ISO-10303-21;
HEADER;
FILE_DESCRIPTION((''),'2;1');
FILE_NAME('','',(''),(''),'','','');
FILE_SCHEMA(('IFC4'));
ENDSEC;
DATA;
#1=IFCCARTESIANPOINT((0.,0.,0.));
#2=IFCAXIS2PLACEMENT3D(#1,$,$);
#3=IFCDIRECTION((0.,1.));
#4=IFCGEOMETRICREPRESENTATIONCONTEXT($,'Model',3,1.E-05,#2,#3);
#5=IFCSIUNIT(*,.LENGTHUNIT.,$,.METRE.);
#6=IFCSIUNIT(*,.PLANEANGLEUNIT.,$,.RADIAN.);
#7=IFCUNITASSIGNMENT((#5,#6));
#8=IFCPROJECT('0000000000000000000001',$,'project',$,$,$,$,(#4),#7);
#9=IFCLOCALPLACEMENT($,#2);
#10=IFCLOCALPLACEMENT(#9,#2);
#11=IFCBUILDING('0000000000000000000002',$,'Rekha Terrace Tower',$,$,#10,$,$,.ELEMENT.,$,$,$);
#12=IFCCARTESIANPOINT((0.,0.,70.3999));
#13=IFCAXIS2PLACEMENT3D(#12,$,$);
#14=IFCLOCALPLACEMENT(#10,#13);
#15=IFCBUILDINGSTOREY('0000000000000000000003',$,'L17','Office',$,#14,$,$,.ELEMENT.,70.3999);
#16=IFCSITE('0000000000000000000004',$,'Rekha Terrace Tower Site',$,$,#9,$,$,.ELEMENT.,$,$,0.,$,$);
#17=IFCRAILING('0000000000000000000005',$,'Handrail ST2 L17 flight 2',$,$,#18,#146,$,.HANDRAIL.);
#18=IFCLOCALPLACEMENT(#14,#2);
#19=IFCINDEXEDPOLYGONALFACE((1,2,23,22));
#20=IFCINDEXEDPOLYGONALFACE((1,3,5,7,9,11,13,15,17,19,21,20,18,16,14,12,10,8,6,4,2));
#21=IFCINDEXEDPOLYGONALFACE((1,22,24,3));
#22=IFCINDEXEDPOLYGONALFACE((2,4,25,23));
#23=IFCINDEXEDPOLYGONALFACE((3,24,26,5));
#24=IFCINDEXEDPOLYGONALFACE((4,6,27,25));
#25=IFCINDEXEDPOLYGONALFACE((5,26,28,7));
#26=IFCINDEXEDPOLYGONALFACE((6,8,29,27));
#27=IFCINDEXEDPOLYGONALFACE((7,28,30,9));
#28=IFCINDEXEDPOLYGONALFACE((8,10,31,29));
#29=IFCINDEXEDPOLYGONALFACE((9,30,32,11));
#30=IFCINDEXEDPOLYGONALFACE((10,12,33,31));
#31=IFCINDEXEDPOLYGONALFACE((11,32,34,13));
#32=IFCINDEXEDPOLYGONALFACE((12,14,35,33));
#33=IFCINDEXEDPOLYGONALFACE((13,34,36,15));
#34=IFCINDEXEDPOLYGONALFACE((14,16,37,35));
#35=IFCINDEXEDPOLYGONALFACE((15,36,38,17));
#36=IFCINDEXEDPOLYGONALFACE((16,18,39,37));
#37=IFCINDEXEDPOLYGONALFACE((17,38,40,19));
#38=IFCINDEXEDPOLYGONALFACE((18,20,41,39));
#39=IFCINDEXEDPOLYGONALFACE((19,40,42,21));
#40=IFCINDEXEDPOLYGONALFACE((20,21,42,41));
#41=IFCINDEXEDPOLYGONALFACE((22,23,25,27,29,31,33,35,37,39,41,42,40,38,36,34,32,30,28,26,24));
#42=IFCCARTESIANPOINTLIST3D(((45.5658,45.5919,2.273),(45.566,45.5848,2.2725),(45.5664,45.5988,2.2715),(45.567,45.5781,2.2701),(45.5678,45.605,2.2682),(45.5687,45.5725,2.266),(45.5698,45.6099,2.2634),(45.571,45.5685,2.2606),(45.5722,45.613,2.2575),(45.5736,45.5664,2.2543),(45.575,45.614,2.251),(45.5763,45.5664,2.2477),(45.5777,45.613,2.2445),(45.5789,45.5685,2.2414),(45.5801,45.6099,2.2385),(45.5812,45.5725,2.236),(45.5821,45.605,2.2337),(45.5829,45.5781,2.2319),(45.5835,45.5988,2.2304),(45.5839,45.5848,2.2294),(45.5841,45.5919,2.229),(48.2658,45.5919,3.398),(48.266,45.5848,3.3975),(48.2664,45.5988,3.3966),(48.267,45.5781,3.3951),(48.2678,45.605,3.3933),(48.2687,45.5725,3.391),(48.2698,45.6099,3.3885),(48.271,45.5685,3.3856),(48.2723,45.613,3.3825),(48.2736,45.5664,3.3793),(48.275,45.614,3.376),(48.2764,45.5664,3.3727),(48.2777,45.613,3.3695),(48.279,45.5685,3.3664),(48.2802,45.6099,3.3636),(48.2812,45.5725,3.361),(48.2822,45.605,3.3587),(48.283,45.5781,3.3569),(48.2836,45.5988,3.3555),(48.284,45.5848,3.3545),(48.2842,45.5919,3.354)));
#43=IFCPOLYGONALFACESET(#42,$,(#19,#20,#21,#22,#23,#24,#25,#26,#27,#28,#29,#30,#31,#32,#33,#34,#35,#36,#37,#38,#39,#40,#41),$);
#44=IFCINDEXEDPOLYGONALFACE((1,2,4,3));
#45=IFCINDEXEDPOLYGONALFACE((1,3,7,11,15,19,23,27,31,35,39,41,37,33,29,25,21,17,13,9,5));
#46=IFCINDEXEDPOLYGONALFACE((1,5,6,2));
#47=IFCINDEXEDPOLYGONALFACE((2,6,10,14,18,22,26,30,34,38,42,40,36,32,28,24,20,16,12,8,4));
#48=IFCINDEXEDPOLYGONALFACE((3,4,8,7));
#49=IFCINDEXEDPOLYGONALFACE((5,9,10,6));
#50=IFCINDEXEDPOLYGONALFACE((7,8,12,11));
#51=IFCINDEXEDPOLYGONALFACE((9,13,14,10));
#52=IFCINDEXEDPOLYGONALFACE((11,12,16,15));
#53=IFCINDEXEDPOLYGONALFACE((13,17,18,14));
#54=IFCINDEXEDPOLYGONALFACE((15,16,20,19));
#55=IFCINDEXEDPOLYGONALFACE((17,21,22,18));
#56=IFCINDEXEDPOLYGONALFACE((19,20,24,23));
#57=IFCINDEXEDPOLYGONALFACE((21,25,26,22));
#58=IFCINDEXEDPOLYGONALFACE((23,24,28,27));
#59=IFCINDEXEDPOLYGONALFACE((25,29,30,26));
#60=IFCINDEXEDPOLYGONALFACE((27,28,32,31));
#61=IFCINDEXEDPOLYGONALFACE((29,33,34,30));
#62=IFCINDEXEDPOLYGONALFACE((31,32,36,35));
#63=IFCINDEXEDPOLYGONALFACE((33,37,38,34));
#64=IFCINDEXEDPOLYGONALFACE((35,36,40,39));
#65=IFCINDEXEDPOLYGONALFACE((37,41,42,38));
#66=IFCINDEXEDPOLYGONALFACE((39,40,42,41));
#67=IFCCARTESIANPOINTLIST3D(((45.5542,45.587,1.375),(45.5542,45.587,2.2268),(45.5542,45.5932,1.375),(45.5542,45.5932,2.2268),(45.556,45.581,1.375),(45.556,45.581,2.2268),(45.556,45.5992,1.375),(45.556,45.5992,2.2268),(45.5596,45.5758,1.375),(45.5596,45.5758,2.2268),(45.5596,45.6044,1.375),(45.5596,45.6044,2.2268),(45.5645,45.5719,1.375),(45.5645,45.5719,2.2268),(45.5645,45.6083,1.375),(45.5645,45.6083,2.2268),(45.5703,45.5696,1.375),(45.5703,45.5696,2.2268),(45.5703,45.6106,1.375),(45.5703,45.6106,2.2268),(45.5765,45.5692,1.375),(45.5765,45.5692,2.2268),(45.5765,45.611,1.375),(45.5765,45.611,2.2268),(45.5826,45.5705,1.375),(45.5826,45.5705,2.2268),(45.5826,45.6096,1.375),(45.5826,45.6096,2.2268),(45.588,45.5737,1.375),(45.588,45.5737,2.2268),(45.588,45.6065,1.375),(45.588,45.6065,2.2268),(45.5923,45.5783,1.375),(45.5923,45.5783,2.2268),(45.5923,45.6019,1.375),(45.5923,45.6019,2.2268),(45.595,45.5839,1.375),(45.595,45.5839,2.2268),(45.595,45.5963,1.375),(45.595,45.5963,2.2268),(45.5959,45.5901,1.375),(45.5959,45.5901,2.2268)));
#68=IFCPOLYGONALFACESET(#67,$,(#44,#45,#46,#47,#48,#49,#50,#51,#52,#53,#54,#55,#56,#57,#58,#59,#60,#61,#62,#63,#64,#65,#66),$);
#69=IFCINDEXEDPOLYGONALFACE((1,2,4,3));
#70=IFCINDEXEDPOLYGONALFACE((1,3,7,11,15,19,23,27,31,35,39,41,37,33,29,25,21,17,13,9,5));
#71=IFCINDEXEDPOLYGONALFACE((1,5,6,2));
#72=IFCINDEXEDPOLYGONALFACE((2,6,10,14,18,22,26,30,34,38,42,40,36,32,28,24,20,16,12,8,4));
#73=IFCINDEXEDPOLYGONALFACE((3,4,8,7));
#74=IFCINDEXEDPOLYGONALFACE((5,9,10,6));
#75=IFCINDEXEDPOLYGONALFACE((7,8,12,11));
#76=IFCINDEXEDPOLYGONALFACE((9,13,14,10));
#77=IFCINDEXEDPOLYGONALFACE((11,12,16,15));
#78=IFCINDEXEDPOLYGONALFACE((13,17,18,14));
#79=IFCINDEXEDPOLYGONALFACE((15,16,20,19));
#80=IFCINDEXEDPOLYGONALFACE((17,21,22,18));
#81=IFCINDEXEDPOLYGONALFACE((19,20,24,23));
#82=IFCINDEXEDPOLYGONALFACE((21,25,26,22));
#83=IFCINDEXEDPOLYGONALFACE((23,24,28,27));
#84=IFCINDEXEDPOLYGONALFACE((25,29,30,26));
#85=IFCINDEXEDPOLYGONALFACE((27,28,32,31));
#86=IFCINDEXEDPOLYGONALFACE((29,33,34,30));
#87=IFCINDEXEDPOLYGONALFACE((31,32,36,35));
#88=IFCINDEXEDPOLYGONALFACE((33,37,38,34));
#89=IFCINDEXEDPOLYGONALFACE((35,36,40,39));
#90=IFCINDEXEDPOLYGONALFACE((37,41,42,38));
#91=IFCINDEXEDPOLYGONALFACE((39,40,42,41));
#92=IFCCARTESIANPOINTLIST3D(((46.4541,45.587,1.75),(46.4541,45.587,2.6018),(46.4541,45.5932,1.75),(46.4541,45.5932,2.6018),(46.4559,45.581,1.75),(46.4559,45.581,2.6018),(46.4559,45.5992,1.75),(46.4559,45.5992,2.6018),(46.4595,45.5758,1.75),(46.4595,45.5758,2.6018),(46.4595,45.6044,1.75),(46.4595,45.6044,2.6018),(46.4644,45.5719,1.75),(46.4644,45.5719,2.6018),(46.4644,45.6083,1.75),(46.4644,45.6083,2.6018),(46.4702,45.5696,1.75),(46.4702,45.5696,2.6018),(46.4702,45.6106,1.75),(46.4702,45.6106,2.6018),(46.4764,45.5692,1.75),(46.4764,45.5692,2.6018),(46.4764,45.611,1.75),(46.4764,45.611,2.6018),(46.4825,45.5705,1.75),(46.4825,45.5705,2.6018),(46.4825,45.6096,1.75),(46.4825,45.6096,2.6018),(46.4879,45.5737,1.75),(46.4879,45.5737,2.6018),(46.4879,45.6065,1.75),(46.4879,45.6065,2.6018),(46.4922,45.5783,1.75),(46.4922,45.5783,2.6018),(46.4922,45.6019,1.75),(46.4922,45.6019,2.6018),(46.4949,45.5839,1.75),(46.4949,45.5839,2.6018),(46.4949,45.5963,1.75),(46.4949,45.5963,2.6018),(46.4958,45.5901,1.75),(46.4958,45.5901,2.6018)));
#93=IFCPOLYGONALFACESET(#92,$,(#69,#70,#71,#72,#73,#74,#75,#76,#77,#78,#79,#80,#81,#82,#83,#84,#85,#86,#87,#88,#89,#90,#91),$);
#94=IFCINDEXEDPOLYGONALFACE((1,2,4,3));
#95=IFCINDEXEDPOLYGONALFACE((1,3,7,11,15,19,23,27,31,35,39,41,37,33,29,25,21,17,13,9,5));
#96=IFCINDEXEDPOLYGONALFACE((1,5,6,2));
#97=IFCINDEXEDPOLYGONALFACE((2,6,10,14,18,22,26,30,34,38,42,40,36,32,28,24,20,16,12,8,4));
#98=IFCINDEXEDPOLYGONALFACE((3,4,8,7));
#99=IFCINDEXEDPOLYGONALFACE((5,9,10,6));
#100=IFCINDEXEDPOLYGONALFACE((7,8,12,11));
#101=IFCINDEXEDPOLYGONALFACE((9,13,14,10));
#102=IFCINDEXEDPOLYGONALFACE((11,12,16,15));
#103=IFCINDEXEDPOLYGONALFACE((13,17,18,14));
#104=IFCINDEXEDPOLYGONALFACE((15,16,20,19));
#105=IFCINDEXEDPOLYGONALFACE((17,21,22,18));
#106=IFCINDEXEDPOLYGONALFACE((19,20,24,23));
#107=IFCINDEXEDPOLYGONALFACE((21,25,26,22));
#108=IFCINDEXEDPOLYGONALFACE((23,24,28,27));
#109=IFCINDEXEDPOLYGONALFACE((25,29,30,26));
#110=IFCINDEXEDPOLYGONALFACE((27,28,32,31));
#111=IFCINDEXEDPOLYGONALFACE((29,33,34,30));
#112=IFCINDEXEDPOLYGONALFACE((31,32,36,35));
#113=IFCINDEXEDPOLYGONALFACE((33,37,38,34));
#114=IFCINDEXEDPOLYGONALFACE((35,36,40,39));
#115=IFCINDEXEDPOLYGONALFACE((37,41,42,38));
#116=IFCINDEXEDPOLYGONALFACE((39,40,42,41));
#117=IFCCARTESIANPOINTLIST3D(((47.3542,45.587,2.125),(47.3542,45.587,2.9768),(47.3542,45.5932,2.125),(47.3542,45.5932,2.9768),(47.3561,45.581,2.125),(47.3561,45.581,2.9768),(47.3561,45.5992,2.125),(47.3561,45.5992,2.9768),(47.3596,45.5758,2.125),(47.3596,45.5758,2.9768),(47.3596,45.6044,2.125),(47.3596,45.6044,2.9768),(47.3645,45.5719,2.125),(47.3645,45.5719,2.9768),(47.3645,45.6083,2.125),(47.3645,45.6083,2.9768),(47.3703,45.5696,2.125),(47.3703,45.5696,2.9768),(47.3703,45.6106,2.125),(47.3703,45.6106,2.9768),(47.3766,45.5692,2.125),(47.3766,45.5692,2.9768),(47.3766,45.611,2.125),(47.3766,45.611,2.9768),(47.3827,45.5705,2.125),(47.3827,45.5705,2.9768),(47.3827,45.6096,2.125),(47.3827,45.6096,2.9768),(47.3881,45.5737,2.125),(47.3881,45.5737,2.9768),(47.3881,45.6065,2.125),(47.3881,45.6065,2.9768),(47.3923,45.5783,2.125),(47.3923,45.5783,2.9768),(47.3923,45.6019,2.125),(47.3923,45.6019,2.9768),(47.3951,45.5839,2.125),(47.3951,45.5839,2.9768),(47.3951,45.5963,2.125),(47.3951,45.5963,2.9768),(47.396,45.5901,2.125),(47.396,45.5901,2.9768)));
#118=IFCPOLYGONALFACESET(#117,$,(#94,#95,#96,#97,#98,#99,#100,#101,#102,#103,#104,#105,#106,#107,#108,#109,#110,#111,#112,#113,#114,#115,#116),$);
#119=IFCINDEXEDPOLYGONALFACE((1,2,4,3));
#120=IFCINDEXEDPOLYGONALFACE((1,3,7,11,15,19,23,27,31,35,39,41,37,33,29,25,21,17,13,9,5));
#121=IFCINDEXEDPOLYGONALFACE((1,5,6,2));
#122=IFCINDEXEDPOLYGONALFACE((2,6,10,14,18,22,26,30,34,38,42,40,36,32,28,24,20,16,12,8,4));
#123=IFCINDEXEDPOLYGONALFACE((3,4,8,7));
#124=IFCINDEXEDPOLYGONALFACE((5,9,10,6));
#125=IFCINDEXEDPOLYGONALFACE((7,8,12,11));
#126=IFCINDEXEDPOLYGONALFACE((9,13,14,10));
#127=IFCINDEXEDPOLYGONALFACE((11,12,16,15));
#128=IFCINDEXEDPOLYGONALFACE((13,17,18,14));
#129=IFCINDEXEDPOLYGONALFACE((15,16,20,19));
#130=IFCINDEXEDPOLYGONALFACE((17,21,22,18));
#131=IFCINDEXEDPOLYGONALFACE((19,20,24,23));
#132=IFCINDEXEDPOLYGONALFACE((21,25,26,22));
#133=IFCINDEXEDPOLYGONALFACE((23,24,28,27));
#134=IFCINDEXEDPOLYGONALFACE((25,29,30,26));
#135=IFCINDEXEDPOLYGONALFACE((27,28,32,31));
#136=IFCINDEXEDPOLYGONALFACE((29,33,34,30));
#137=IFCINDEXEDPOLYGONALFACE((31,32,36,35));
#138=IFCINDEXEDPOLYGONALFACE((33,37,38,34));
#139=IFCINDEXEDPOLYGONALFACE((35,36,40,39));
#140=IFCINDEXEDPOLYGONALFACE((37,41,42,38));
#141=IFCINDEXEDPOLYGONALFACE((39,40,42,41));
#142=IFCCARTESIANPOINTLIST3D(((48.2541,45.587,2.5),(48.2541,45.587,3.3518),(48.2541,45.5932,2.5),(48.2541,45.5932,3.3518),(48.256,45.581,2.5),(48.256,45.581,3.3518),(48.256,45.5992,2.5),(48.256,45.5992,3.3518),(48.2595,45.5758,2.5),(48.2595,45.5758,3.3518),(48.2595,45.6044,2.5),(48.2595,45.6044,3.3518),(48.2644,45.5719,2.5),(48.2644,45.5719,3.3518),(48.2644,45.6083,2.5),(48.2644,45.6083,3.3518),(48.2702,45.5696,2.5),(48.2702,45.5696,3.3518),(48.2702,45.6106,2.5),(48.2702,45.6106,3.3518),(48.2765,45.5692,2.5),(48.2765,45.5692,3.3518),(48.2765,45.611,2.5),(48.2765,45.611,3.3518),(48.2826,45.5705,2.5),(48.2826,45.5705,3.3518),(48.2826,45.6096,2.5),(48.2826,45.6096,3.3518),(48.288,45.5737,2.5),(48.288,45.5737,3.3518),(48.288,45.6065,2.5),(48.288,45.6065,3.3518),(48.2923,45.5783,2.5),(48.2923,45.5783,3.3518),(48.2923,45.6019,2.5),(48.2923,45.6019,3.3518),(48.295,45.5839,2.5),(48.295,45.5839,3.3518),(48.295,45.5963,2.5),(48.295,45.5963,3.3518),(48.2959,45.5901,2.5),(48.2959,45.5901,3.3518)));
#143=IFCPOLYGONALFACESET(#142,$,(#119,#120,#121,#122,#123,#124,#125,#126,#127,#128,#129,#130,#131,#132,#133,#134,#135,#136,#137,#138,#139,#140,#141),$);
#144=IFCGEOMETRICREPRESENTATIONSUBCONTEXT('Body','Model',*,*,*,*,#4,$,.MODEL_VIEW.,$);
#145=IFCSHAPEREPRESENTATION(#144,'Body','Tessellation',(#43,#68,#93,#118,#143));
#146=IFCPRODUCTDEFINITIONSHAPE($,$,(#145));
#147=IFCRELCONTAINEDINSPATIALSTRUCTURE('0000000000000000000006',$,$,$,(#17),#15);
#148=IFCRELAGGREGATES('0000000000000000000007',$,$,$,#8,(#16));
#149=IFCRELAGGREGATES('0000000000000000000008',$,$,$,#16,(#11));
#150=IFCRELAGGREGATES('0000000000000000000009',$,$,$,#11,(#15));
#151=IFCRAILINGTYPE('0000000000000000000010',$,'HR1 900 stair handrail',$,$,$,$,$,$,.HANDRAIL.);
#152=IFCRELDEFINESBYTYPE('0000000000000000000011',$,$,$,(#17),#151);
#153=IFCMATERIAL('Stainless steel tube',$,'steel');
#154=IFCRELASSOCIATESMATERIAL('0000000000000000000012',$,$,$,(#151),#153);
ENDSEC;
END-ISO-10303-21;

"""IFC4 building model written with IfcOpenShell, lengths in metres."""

from ifc_helpers import new_model, si_unit, direction, frame, origin, origin_2d, place, context, subcontext, project, spatial, circle, extrude, material, type_object, element, save


model = new_model("IFC4")

# Units and contexts
model_context = context("Model", 3, precision=1e-05, world=origin(), true_north=direction((0.0, 1.0)))
body_context = subcontext(model_context, "Body", "Model", "MODEL_VIEW")
ifc_project = project(units=[si_unit("LENGTHUNIT", "METRE"), si_unit("PLANEANGLEUNIT", "RADIAN")], contexts=[model_context])

# Site, building, storey
site_placement = place(None, origin())
site = spatial("IfcSite", under=ifc_project, at=site_placement, Name="Rekha Terrace Tower Site", CompositionType="ELEMENT", RefElevation=0.0)
building_placement = place(site_placement, origin())
building = spatial("IfcBuilding", under=site, at=building_placement, Name="Rekha Terrace Tower", CompositionType="ELEMENT")
storey_placement = place(building_placement, frame((0.0, 0.0, 70.3999)))
storey = spatial("IfcBuildingStorey", under=building, at=storey_placement, Name="L17", Description="Office", CompositionType="ELEMENT", Elevation=70.3999)

# Railing
ifc_material_1 = material(Name="Stainless steel tube", Category="steel")
railing_type_1 = type_object("IfcRailingType", Name="HR1 900 stair handrail", PredefinedType="HANDRAIL", material=ifc_material_1)
railing_1_placement = place(storey_placement, frame((45.575, 45.5901, 1.375)))
element("IfcRailing", 1, at=railing_1_placement, inside=storey, type_object=railing_type_1, Name="Handrail ST2 L17 flight 2", PredefinedType="HANDRAIL", context=body_context, shape_type="SweptSolid", body=[
    extrude(circle(Radius=0.0239, at=origin_2d()), frame((0.0, 0.0, 0.876), z_axis=(0.923074, 0.0, 0.384621), x_axis=(0.0, 1.0, 0.0)), (0.0, 0.0, 1.0), 2.925),
    extrude(circle(Radius=0.021, at=origin_2d()), origin(), (0.0, 0.0, 1.0), 0.8518),
    extrude(circle(Radius=0.021, at=origin_2d()), frame((0.8999, 0.0, 0.375)), (0.0, 0.0, 1.0), 0.8518),
    extrude(circle(Radius=0.021, at=origin_2d()), frame((1.8, 0.0, 0.75)), (0.0, 0.0, 1.0), 0.8518),
    extrude(circle(Radius=0.021, at=origin_2d()), frame((2.7, 0.0, 1.125)), (0.0, 0.0, 1.0), 0.8518),
])

save(model, "model.ifc")
